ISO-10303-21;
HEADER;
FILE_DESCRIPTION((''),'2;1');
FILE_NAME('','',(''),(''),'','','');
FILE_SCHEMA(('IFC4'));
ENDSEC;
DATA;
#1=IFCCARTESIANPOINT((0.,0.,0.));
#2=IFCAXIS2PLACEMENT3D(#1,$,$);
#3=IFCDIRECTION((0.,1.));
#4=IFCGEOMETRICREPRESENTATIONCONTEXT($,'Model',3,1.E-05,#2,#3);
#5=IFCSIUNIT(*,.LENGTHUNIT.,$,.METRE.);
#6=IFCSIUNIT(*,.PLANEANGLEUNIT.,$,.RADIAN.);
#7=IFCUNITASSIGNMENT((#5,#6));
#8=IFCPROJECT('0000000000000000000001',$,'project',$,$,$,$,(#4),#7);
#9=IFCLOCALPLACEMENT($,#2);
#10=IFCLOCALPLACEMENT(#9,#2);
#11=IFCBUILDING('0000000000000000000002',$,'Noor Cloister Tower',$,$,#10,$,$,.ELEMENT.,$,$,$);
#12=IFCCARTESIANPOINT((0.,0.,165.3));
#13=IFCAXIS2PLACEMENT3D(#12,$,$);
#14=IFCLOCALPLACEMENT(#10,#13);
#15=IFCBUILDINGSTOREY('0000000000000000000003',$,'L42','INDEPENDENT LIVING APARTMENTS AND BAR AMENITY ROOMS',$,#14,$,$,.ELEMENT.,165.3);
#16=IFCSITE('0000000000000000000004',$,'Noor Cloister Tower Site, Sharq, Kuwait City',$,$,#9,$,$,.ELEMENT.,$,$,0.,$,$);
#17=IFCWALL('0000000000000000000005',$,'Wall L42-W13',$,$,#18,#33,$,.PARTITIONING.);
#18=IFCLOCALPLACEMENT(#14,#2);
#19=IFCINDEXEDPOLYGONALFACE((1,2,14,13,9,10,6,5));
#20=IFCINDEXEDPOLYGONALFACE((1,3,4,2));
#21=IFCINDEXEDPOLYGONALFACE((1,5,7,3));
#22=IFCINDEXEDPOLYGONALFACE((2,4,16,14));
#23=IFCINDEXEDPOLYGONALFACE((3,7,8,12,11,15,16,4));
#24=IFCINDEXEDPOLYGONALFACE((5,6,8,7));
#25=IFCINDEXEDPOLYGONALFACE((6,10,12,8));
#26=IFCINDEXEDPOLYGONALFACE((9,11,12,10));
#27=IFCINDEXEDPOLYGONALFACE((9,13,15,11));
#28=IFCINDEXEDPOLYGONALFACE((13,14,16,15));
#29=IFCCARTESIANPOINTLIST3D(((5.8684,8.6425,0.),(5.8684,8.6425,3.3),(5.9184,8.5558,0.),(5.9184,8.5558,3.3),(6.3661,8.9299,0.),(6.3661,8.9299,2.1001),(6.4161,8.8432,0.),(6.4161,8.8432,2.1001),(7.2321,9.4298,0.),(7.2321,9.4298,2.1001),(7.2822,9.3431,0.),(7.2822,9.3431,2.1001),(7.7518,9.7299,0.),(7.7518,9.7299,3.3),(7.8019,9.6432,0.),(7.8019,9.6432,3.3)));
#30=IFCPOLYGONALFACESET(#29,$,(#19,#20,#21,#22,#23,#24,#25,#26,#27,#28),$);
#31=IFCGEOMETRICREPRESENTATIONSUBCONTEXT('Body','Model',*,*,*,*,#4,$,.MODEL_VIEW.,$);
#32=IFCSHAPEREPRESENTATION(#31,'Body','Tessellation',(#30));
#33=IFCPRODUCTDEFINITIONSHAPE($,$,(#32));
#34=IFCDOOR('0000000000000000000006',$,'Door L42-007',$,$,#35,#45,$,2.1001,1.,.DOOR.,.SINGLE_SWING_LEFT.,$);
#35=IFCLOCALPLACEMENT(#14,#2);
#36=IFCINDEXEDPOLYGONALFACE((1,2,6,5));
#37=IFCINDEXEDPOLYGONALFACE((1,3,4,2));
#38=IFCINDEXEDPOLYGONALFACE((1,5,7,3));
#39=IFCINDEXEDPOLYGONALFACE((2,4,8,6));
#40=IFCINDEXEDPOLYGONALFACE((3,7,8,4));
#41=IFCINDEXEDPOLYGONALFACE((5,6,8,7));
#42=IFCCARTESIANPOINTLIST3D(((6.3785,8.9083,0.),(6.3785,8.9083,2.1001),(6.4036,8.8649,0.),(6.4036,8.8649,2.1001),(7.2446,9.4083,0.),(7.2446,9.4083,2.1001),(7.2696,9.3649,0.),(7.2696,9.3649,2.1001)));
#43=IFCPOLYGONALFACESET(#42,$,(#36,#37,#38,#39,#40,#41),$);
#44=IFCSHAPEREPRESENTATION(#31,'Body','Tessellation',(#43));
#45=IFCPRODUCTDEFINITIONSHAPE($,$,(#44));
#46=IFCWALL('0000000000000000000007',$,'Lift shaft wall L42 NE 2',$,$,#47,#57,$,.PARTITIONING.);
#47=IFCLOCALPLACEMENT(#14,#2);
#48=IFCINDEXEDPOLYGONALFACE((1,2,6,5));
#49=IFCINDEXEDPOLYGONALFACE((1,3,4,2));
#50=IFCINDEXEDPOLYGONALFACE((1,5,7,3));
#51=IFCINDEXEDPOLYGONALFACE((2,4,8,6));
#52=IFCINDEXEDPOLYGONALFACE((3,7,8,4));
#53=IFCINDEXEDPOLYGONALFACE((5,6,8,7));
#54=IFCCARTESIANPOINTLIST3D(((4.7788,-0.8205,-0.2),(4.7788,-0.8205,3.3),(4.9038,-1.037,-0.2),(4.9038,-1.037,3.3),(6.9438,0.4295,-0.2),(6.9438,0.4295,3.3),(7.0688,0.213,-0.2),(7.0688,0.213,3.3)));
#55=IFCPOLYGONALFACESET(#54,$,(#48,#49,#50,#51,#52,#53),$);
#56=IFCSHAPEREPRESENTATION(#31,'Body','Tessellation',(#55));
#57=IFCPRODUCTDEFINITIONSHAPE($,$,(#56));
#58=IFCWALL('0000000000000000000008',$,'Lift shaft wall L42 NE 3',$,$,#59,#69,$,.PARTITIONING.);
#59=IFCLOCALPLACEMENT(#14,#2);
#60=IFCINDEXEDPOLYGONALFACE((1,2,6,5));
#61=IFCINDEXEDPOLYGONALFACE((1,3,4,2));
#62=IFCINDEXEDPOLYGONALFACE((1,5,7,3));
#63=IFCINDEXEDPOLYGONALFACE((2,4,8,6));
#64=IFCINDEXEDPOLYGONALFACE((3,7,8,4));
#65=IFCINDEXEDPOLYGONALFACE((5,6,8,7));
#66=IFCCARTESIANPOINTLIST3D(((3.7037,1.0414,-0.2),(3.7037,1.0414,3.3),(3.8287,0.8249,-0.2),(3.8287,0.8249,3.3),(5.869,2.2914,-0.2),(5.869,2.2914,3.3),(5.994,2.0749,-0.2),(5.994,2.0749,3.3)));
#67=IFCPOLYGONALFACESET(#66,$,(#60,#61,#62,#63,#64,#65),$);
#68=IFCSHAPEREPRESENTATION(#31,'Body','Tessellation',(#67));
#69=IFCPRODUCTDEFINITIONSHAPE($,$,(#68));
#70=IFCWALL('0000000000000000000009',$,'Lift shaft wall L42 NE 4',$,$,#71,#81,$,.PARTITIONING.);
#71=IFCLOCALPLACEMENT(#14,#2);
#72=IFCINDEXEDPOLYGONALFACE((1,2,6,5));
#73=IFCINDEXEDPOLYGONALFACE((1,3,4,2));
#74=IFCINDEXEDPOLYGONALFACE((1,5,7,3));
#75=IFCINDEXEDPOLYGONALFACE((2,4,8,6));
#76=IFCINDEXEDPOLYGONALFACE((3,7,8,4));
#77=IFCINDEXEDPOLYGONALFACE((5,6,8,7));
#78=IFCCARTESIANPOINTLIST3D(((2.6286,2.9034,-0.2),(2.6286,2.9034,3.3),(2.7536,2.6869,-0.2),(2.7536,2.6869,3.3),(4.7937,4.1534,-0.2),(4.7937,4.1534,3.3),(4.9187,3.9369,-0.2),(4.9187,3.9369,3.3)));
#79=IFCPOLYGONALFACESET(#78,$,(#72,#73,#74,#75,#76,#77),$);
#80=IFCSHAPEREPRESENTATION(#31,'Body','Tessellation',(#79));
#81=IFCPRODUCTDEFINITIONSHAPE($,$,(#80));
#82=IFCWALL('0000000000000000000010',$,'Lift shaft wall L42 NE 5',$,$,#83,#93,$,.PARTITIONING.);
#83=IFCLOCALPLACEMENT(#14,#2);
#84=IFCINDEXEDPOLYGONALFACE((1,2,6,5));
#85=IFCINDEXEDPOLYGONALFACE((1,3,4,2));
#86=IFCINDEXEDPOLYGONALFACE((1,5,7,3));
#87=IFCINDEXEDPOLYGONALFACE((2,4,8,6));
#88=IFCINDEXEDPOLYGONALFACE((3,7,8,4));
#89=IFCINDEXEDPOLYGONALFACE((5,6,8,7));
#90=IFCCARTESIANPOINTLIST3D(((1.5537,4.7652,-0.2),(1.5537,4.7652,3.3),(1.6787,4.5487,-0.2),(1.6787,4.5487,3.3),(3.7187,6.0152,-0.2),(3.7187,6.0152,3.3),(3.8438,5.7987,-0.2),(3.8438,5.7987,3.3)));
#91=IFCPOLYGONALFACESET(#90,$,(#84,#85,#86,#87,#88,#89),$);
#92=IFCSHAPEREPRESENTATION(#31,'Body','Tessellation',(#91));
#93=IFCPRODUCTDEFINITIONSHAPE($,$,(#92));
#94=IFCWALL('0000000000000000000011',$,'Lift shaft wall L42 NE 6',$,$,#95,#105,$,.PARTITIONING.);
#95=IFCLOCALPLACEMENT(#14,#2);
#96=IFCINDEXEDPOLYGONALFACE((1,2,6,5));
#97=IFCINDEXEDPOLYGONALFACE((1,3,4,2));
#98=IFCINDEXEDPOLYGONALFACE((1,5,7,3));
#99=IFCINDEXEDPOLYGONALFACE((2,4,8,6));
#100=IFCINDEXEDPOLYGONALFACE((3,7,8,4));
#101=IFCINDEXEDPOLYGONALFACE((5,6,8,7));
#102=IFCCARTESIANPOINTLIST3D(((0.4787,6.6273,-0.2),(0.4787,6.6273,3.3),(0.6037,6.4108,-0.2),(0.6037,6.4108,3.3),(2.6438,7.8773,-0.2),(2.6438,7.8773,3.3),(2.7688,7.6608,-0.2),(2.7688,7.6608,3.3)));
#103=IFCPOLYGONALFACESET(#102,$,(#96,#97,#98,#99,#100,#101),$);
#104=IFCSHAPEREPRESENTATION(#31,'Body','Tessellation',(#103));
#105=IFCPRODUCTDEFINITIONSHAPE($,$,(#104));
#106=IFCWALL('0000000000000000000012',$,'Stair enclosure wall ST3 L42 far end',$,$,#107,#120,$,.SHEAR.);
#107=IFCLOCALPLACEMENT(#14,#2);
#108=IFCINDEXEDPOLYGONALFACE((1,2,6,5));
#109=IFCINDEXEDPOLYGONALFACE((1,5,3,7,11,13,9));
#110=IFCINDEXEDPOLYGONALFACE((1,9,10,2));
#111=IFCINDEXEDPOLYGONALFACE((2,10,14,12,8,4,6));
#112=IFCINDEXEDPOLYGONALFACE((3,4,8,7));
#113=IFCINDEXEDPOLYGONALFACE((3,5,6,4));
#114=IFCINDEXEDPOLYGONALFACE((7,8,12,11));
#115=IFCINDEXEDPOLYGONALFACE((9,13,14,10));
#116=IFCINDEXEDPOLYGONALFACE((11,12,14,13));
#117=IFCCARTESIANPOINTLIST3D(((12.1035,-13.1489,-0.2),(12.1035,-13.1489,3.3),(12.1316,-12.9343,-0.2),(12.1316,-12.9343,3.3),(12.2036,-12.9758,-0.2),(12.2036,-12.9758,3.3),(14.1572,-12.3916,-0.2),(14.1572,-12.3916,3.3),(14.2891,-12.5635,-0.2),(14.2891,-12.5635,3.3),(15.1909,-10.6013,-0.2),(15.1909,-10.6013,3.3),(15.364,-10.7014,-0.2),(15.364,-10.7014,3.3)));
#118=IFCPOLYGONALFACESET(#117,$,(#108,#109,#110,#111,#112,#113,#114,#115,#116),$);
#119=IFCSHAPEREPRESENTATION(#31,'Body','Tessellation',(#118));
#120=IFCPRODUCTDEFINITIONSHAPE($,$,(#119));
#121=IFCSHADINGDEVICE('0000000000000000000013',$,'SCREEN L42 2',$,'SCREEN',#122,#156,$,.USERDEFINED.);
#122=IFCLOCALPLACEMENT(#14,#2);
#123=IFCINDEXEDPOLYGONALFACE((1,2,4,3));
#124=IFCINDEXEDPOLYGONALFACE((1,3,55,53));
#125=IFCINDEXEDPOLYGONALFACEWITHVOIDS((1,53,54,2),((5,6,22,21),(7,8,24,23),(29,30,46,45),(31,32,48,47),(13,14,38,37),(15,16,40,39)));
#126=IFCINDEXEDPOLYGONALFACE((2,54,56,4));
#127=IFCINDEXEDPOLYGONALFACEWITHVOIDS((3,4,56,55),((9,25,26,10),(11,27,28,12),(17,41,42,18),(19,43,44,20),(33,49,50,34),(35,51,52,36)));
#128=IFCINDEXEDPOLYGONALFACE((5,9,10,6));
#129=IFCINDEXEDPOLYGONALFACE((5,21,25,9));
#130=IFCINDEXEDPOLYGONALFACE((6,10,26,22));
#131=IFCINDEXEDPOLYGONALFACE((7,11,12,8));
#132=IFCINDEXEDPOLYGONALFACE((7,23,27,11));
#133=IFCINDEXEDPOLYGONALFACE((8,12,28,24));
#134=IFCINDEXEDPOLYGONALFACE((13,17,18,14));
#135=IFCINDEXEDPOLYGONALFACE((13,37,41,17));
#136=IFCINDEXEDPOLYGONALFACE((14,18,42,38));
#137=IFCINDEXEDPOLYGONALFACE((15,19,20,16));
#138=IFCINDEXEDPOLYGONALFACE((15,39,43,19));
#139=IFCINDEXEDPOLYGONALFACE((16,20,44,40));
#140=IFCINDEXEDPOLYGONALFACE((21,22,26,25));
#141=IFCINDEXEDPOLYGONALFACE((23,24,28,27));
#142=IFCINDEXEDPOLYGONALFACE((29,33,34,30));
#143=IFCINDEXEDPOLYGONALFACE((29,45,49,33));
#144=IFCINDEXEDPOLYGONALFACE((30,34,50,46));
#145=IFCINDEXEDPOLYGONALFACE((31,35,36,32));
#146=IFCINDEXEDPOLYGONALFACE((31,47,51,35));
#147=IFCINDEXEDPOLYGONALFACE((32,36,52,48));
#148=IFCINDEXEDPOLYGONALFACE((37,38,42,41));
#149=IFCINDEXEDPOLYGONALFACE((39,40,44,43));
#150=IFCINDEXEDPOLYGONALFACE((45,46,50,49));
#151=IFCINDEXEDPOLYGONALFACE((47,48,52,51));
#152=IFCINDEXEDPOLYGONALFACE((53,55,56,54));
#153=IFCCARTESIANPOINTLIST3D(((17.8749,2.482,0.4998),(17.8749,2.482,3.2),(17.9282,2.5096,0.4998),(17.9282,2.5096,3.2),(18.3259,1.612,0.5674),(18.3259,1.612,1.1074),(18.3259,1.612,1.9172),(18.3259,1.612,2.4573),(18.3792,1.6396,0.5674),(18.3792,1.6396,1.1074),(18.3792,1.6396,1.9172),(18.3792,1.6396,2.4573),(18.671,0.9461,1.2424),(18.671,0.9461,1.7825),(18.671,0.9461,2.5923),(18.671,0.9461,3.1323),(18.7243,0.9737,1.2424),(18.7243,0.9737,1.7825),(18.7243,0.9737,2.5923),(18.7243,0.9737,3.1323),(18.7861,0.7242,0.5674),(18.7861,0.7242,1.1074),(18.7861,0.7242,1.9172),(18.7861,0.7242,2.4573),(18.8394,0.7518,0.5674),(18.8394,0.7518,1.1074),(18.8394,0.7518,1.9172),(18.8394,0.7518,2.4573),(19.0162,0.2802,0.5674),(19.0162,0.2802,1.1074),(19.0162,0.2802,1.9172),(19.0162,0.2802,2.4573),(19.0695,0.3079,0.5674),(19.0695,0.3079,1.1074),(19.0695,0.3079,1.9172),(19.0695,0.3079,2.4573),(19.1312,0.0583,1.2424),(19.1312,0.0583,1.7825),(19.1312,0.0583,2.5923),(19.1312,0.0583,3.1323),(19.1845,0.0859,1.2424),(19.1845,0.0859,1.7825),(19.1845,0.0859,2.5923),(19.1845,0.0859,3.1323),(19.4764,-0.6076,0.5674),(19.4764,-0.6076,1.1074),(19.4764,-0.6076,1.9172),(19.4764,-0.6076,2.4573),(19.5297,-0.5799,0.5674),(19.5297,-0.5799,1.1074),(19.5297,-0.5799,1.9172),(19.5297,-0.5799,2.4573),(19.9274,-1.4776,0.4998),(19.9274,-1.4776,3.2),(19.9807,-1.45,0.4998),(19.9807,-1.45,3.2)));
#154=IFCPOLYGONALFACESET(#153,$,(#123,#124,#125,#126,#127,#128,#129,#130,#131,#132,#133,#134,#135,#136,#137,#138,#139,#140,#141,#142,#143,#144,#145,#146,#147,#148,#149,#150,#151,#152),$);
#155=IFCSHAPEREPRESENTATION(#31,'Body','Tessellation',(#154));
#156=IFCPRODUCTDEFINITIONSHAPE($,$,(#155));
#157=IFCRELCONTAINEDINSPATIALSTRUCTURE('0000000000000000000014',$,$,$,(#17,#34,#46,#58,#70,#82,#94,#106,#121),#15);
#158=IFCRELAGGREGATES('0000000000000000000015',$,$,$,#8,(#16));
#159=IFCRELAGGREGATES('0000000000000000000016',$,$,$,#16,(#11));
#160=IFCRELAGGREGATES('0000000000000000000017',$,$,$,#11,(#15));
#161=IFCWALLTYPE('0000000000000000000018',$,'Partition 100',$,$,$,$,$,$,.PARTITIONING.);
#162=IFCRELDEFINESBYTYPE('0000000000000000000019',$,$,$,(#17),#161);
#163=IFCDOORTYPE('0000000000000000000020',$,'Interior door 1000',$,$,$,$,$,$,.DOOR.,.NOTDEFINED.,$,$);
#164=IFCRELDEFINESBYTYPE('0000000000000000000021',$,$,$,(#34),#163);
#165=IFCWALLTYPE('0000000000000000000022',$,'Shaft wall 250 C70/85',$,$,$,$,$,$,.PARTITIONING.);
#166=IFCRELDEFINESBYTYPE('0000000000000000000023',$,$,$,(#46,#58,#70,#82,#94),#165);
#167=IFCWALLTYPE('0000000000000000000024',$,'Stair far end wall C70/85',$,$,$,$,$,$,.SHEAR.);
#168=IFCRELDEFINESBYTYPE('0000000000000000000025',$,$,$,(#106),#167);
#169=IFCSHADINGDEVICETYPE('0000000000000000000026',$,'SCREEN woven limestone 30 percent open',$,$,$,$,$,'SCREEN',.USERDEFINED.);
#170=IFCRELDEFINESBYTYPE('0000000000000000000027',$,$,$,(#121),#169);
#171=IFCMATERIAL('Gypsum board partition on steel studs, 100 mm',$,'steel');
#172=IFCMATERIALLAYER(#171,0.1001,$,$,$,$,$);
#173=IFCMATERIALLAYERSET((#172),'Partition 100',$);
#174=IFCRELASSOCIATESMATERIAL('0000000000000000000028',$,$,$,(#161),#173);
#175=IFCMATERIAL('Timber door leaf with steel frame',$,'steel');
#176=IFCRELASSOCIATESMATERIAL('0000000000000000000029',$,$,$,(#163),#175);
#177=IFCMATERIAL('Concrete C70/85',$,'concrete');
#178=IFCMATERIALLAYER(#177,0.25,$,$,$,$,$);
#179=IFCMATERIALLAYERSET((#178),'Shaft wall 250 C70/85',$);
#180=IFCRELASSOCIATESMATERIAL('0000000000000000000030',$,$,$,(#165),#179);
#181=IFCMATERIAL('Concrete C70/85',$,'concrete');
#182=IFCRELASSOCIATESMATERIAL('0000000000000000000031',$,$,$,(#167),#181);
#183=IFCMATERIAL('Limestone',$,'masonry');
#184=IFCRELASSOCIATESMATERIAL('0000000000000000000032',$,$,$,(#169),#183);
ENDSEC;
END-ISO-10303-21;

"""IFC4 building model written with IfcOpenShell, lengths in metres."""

from ifc_helpers import new_model, si_unit, direction, frame, frame_2d, origin, place, context, subcontext, project, spatial, polyline, rectangle, outline, extrude, material, layer, layer_set, material_profile, profile_set, type_object, element, fill, save


model = new_model("IFC4")

# Units and contexts
model_context = context("Model", 3, precision=1e-05, world=origin(), true_north=direction((0.0, 1.0)))
body_context = subcontext(model_context, "Body", "Model", "MODEL_VIEW")
ifc_project = project(units=[si_unit("LENGTHUNIT", "METRE"), si_unit("PLANEANGLEUNIT", "RADIAN")], contexts=[model_context])

# Site, building, storey
site_placement = place(None, origin())
site = spatial("IfcSite", under=ifc_project, at=site_placement, Name="Noor Cloister Tower Site, Sharq, Kuwait City", CompositionType="ELEMENT", RefElevation=0.0)
building_placement = place(site_placement, origin())
building = spatial("IfcBuilding", under=site, at=building_placement, Name="Noor Cloister Tower", CompositionType="ELEMENT")
storey_placement = place(building_placement, frame((0.0, 0.0, 165.3)))
storey = spatial("IfcBuildingStorey", under=building, at=storey_placement, Name="L42", Description="INDEPENDENT LIVING APARTMENTS AND BAR AMENITY ROOMS", CompositionType="ELEMENT", Elevation=165.3)

# Shared definitions
ifc_material_1 = material(Name="Gypsum board partition on steel studs, 100 mm", Category="steel")
ifc_layer_1 = layer(ifc_material_1, 0.1001)
ifc_layer_set_1 = layer_set([ifc_layer_1], Name="Partition 100")
wall_type_1 = type_object("IfcWallType", Name="Partition 100", PredefinedType="PARTITIONING", material=ifc_layer_set_1)

# Wall, opening, door
wall_1_placement = place(storey_placement, frame((7.7769, 9.6865, 0.0), z_axis=(0.0, 0.0, 1.0), x_axis=(-0.866038, -0.499978, 0.0)))
wall_1 = element("IfcWall", 1, at=wall_1_placement, inside=storey, type_object=wall_type_1, Name="Wall L42-W13", PredefinedType="PARTITIONING", context=body_context, shape_type="SweptSolid", body=[
    extrude(rectangle(XDim=2.1748, YDim=0.1001, at=frame_2d((1.0874, 0.0))), origin(), (0.0, 0.0, 1.0), 3.3),
])
opening_1_placement = place(wall_1_placement, frame((0.6001, 0.0, 0.0)))
opening_1 = element("IfcOpeningElement", 2, at=opening_1_placement, cuts=wall_1, PredefinedType="OPENING", context=body_context, shape_type="SweptSolid", body=[
    extrude(rectangle(XDim=1.0, YDim=2.1001, at=frame_2d((0.5, 1.05))), frame((0.0, 0.0601, 0.0), z_axis=(0.0, -1.0, 0.0), x_axis=(1.0, 0.0, 0.0)), (0.0, 0.0, 1.0), 0.1201),
])
ifc_material_2 = material(Name="Timber door leaf with steel frame", Category="steel")
door_type_1 = type_object("IfcDoorType", Name="Interior door 1000", OperationType="NOTDEFINED", PredefinedType="DOOR", material=ifc_material_2)
door_1_placement = place(opening_1_placement, origin())
door_1 = element("IfcDoor", 3, at=door_1_placement, inside=storey, type_object=door_type_1, Name="Door L42-007", OperationType="SINGLE_SWING_LEFT", OverallHeight=2.1001, OverallWidth=1.0, PredefinedType="DOOR", context=body_context, shape_type="SweptSolid", body=[
    extrude(rectangle(XDim=1.0, YDim=2.1001, at=frame_2d((0.5, 1.05))), frame((0.0, 0.0249, 0.0), z_axis=(0.0, -1.0, 0.0), x_axis=(1.0, 0.0, 0.0)), (0.0, 0.0, 1.0), 0.05),
])
fill(opening_1, door_1)

# Walls
ifc_material_3 = material(Name="Concrete C70/85", Category="concrete")
ifc_layer_2 = layer(ifc_material_3, 0.25)
ifc_layer_set_2 = layer_set([ifc_layer_2], Name="Shaft wall 250 C70/85")
wall_type_2 = type_object("IfcWallType", Name="Shaft wall 250 C70/85", PredefinedType="PARTITIONING", material=ifc_layer_set_2)
wall_2_placement = place(storey_placement, frame((7.0063, 0.3213, -0.2), z_axis=(0.0, 0.0, 1.0), x_axis=(-0.866023, -0.500004, 0.0)))
element("IfcWall", 4, at=wall_2_placement, inside=storey, type_object=wall_type_2, Name="Lift shaft wall L42 NE 2", PredefinedType="PARTITIONING", context=body_context, shape_type="SweptSolid", body=[
    extrude(rectangle(XDim=2.5, YDim=0.25, at=frame_2d((1.25, 0.0))), origin(), (0.0, 0.0, 1.0), 3.5),
])
wall_3_placement = place(storey_placement, frame((5.9314, 2.1831, -0.2), z_axis=(0.0, 0.0, 1.0), x_axis=(-0.866047, -0.499962, 0.0)))
element("IfcWall", 5, at=wall_3_placement, inside=storey, type_object=wall_type_2, Name="Lift shaft wall L42 NE 3", PredefinedType="PARTITIONING", context=body_context, shape_type="SweptSolid", body=[
    extrude(rectangle(XDim=2.5002, YDim=0.25, at=frame_2d((1.25, 0.0))), origin(), (0.0, 0.0, 1.0), 3.5),
])
for number, where, z_axis, x_axis, name in (
    (6, (4.8562, 4.0452, -0.2), (0.0, 0.0, 1.0), (-0.866023, -0.500004, 0.0), "Lift shaft wall L42 NE 4"),
    (7, (3.7812, 5.907, -0.2), (0.0, 0.0, 1.0), (-0.866023, -0.500004, 0.0), "Lift shaft wall L42 NE 5"),
    (8, (2.7063, 7.769, -0.2), (0.0, 0.0, 1.0), (-0.866023, -0.500004, 0.0), "Lift shaft wall L42 NE 6"),
):
    element("IfcWall", number, at=place(storey_placement, frame(where, z_axis=z_axis, x_axis=x_axis)), inside=storey, type_object=wall_type_2, Name=name, PredefinedType="PARTITIONING", context=body_context, shape_type="SweptSolid", body=[
        extrude(rectangle(XDim=2.5, YDim=0.25, at=frame_2d((1.25, 0.0))), origin(), (0.0, 0.0, 1.0), 3.5),
    ])
ifc_material_4 = material(Name="Concrete C70/85", Category="concrete")
wall_type_3 = type_object("IfcWallType", Name="Stair far end wall C70/85", PredefinedType="SHEAR", material=ifc_material_4)
wall_4_placement = place(storey_placement, frame((0.0, 0.0, -0.2)))
element("IfcWall", 9, at=wall_4_placement, inside=storey, type_object=wall_type_3, Name="Stair enclosure wall ST3 L42 far end", PredefinedType="SHEAR", context=body_context, shape_type="SweptSolid", body=[
    extrude(outline(polyline([(12.1035, -13.1489), (14.2891, -12.5635), (15.364, -10.7014), (15.1909, -10.6013), (14.1572, -12.3916), (12.1316, -12.9343), (12.2036, -12.9758), (12.2036, -12.9758), (12.2036, -12.9758), (12.2036, -12.9758), (12.2036, -12.9758), (12.2036, -12.9758), (12.2036, -12.9758), (12.2036, -12.9758), (12.2036, -12.9758), (12.2036, -12.9758), (12.2036, -12.9758), (12.2036, -12.9758), (12.2036, -12.9758), (12.2036, -12.9758), (12.2036, -12.9758), (12.2036, -12.9758), (12.2036, -12.9758), (12.1035, -13.1489)])), origin(), (0.0, 0.0, 1.0), 3.5),
])

# Shading device
ifc_material_5 = material(Name="Limestone", Category="masonry")
ifc_material_profile_1 = material_profile(ifc_material_5, outline(polyline([(-2.23, -1.3501), (2.23, -1.3501), (2.23, 1.3501), (-2.23, 1.3501), (-2.23, -1.3501)]), holes=[polyline([(-1.25, -1.2825), (-0.25, -1.2825), (-0.25, -0.7424), (-1.25, -0.7424), (-1.25, -1.2825)]), polyline([(0.25, -1.2825), (1.25, -1.2825), (1.25, -0.7424), (0.25, -0.7424), (0.25, -1.2825)]), polyline([(-0.5, -0.6074), (0.5, -0.6074), (0.5, -0.0674), (-0.5, -0.0674), (-0.5, -0.6074)]), polyline([(-1.25, 0.0674), (-0.25, 0.0674), (-0.25, 0.6074), (-1.25, 0.6074), (-1.25, 0.0674)]), polyline([(0.25, 0.0674), (1.25, 0.0674), (1.25, 0.6074), (0.25, 0.6074), (0.25, 0.0674)]), polyline([(-0.5, 0.7424), (0.5, 0.7424), (0.5, 1.2825), (-0.5, 1.2825), (-0.5, 0.7424)])]), Name="Woven screen 30 percent open")
ifc_profile_set_1 = profile_set([ifc_material_profile_1], Name="Limestone")
shading_device_type = type_object("IfcShadingDeviceType", Name="SCREEN woven limestone 30 percent open", ElementType="SCREEN", PredefinedType="USERDEFINED", material=ifc_profile_set_1)
for number, where, z_axis, x_axis, name in (
    (10, (18.9011, 0.5022, 1.8499), (0.887816, 0.460198, 0.0), (-0.460198, 0.887816, 0.0), "SCREEN L42 2"),
):
    element("IfcShadingDevice", number, at=place(storey_placement, frame(where, z_axis=z_axis, x_axis=x_axis)), inside=storey, type_object=shading_device_type, Name=name, ObjectType="SCREEN", PredefinedType="USERDEFINED", context=body_context, shape_type="SweptSolid", body=[
        extrude(outline(polyline([(-2.23, -1.3501), (2.23, -1.3501), (2.23, 1.3501), (-2.23, 1.3501), (-2.23, -1.3501)]), holes=[polyline([(-1.25, -1.2825), (-0.25, -1.2825), (-0.25, -0.7424), (-1.25, -0.7424), (-1.25, -1.2825)]), polyline([(0.25, -1.2825), (1.25, -1.2825), (1.25, -0.7424), (0.25, -0.7424), (0.25, -1.2825)]), polyline([(-0.5, -0.6074), (0.5, -0.6074), (0.5, -0.0674), (-0.5, -0.0674), (-0.5, -0.6074)]), polyline([(-1.25, 0.0674), (-0.25, 0.0674), (-0.25, 0.6074), (-1.25, 0.6074), (-1.25, 0.0674)]), polyline([(0.25, 0.0674), (1.25, 0.0674), (1.25, 0.6074), (0.25, 0.6074), (0.25, 0.0674)]), polyline([(-0.5, 0.7424), (0.5, 0.7424), (0.5, 1.2825), (-0.5, 1.2825), (-0.5, 0.7424)])]), origin(), (0.0, 0.0, 1.0), 0.0601),
    ])

save(model, "model.ifc")
